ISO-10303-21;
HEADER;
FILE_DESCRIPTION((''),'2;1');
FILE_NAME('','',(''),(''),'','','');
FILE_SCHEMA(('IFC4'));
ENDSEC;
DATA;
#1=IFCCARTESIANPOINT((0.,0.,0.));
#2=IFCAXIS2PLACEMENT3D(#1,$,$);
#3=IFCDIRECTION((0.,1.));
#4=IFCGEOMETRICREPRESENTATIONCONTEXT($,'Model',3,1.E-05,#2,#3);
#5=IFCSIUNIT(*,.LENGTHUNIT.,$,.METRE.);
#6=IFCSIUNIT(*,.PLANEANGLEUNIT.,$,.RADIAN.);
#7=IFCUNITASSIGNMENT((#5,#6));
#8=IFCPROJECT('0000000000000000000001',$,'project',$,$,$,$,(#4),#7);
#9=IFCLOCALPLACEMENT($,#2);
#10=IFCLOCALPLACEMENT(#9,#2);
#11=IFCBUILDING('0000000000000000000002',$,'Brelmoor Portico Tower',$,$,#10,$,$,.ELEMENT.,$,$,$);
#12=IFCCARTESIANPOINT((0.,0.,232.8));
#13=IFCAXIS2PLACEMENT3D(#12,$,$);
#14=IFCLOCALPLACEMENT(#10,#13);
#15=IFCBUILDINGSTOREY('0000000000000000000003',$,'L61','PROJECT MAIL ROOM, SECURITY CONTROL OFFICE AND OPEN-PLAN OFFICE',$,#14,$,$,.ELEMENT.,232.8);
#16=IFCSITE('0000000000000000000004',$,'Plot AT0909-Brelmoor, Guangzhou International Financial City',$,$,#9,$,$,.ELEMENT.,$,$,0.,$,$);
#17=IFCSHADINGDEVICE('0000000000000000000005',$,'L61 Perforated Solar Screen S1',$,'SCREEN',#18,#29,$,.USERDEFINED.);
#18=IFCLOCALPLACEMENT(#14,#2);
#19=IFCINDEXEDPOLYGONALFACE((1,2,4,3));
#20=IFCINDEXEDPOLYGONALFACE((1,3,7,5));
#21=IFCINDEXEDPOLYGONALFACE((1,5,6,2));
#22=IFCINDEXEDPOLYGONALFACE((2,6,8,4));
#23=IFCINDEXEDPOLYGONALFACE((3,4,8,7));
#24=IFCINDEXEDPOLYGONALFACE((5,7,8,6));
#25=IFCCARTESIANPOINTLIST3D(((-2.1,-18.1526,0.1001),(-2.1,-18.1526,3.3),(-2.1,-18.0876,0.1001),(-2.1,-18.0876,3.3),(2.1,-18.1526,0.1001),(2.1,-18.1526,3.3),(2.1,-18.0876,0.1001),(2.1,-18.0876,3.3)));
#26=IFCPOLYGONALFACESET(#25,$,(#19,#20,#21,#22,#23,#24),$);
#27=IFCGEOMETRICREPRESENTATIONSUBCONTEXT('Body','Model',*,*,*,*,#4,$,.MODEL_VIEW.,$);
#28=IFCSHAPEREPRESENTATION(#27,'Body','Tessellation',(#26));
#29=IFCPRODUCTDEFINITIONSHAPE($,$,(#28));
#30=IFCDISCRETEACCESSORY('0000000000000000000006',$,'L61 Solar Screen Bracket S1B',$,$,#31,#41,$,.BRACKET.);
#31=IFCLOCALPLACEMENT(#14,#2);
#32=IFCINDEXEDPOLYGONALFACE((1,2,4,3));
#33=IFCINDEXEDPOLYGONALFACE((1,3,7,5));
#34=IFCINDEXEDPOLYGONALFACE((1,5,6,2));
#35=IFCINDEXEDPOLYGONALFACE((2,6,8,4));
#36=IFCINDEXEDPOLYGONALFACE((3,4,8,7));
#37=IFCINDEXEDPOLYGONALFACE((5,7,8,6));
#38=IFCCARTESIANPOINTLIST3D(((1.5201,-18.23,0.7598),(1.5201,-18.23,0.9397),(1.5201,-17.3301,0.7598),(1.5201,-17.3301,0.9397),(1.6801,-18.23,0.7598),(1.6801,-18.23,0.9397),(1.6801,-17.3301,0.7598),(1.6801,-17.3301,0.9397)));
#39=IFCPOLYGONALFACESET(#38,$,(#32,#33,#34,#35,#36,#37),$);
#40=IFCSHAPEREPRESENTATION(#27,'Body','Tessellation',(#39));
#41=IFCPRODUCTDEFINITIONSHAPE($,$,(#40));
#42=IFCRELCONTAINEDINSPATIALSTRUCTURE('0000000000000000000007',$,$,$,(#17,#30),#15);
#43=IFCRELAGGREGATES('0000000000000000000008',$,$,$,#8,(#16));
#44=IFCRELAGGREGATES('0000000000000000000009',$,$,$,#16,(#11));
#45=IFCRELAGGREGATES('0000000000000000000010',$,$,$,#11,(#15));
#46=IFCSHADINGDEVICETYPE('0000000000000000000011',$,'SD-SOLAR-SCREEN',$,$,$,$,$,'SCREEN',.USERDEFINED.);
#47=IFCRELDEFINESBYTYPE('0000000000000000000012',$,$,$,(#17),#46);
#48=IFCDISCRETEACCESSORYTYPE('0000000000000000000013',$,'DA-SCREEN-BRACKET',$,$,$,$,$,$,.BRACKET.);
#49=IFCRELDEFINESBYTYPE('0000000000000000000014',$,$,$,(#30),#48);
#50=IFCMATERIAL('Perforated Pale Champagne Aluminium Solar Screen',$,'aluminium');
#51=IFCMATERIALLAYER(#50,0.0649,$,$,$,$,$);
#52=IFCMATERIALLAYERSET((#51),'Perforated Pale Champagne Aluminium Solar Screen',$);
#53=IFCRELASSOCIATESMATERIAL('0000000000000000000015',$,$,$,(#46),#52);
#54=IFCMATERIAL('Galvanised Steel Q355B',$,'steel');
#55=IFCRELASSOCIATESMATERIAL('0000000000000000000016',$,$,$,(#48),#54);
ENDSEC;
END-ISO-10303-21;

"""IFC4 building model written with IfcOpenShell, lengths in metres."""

from ifc_helpers import new_model, si_unit, direction, frame, origin, origin_2d, place, context, subcontext, project, spatial, rectangle, extrude, material, layer, layer_set, type_object, element, save


model = new_model("IFC4")

# Units and contexts
model_context = context("Model", 3, precision=1e-05, world=origin(), true_north=direction((0.0, 1.0)))
body_context = subcontext(model_context, "Body", "Model", "MODEL_VIEW")
ifc_project = project(units=[si_unit("LENGTHUNIT", "METRE"), si_unit("PLANEANGLEUNIT", "RADIAN")], contexts=[model_context])

# Site, building, storey
site_placement = place(None, origin())
site = spatial("IfcSite", under=ifc_project, at=site_placement, Name="Plot AT0909-Brelmoor, Guangzhou International Financial City", CompositionType="ELEMENT", RefElevation=0.0)
building_placement = place(site_placement, origin())
building = spatial("IfcBuilding", under=site, at=building_placement, Name="Brelmoor Portico Tower", CompositionType="ELEMENT")
storey_placement = place(building_placement, frame((0.0, 0.0, 232.8)))
storey = spatial("IfcBuildingStorey", under=building, at=storey_placement, Name="L61", Description="PROJECT MAIL ROOM, SECURITY CONTROL OFFICE AND OPEN-PLAN OFFICE", CompositionType="ELEMENT", Elevation=232.8)

# Shading device
ifc_material_1 = material(Name="Perforated Pale Champagne Aluminium Solar Screen", Category="aluminium")
ifc_layer_1 = layer(ifc_material_1, 0.0649)
ifc_layer_set_1 = layer_set([ifc_layer_1], Name="Perforated Pale Champagne Aluminium Solar Screen")
shading_device_type = type_object("IfcShadingDeviceType", Name="SD-SOLAR-SCREEN", ElementType="SCREEN", PredefinedType="USERDEFINED", material=ifc_layer_set_1)
shading_device_placement = place(storey_placement, frame((0.0, -18.1201, 0.1001), z_axis=(0.0, 0.0, 1.0), x_axis=(1.0, 0.0, 0.0)))
element("IfcShadingDevice", 1, at=shading_device_placement, inside=storey, type_object=shading_device_type, Name="L61 Perforated Solar Screen S1", ObjectType="SCREEN", PredefinedType="USERDEFINED", context=body_context, shape_type="SweptSolid", body=[
    extrude(rectangle(XDim=4.2, YDim=0.0649, at=origin_2d()), origin(), (0.0, 0.0, 1.0), 3.2),
])

# Discrete accessory
ifc_material_2 = material(Name="Galvanised Steel Q355B", Category="steel")
discrete_accessory_type = type_object("IfcDiscreteAccessoryType", Name="DA-SCREEN-BRACKET", PredefinedType="BRACKET", material=ifc_material_2)
discrete_accessory_placement = place(storey_placement, frame((1.6001, -17.78, 0.7598), z_axis=(0.0, 0.0, 1.0), x_axis=(1.0, 0.0, 0.0)))
element("IfcDiscreteAccessory", 2, at=discrete_accessory_placement, inside=storey, type_object=discrete_accessory_type, Name="L61 Solar Screen Bracket S1B", PredefinedType="BRACKET", context=body_context, shape_type="SweptSolid", body=[
    extrude(rectangle(XDim=0.1599, YDim=0.8999, at=origin_2d()), origin(), (0.0, 0.0, 1.0), 0.1799),
])

save(model, "model.ifc")
